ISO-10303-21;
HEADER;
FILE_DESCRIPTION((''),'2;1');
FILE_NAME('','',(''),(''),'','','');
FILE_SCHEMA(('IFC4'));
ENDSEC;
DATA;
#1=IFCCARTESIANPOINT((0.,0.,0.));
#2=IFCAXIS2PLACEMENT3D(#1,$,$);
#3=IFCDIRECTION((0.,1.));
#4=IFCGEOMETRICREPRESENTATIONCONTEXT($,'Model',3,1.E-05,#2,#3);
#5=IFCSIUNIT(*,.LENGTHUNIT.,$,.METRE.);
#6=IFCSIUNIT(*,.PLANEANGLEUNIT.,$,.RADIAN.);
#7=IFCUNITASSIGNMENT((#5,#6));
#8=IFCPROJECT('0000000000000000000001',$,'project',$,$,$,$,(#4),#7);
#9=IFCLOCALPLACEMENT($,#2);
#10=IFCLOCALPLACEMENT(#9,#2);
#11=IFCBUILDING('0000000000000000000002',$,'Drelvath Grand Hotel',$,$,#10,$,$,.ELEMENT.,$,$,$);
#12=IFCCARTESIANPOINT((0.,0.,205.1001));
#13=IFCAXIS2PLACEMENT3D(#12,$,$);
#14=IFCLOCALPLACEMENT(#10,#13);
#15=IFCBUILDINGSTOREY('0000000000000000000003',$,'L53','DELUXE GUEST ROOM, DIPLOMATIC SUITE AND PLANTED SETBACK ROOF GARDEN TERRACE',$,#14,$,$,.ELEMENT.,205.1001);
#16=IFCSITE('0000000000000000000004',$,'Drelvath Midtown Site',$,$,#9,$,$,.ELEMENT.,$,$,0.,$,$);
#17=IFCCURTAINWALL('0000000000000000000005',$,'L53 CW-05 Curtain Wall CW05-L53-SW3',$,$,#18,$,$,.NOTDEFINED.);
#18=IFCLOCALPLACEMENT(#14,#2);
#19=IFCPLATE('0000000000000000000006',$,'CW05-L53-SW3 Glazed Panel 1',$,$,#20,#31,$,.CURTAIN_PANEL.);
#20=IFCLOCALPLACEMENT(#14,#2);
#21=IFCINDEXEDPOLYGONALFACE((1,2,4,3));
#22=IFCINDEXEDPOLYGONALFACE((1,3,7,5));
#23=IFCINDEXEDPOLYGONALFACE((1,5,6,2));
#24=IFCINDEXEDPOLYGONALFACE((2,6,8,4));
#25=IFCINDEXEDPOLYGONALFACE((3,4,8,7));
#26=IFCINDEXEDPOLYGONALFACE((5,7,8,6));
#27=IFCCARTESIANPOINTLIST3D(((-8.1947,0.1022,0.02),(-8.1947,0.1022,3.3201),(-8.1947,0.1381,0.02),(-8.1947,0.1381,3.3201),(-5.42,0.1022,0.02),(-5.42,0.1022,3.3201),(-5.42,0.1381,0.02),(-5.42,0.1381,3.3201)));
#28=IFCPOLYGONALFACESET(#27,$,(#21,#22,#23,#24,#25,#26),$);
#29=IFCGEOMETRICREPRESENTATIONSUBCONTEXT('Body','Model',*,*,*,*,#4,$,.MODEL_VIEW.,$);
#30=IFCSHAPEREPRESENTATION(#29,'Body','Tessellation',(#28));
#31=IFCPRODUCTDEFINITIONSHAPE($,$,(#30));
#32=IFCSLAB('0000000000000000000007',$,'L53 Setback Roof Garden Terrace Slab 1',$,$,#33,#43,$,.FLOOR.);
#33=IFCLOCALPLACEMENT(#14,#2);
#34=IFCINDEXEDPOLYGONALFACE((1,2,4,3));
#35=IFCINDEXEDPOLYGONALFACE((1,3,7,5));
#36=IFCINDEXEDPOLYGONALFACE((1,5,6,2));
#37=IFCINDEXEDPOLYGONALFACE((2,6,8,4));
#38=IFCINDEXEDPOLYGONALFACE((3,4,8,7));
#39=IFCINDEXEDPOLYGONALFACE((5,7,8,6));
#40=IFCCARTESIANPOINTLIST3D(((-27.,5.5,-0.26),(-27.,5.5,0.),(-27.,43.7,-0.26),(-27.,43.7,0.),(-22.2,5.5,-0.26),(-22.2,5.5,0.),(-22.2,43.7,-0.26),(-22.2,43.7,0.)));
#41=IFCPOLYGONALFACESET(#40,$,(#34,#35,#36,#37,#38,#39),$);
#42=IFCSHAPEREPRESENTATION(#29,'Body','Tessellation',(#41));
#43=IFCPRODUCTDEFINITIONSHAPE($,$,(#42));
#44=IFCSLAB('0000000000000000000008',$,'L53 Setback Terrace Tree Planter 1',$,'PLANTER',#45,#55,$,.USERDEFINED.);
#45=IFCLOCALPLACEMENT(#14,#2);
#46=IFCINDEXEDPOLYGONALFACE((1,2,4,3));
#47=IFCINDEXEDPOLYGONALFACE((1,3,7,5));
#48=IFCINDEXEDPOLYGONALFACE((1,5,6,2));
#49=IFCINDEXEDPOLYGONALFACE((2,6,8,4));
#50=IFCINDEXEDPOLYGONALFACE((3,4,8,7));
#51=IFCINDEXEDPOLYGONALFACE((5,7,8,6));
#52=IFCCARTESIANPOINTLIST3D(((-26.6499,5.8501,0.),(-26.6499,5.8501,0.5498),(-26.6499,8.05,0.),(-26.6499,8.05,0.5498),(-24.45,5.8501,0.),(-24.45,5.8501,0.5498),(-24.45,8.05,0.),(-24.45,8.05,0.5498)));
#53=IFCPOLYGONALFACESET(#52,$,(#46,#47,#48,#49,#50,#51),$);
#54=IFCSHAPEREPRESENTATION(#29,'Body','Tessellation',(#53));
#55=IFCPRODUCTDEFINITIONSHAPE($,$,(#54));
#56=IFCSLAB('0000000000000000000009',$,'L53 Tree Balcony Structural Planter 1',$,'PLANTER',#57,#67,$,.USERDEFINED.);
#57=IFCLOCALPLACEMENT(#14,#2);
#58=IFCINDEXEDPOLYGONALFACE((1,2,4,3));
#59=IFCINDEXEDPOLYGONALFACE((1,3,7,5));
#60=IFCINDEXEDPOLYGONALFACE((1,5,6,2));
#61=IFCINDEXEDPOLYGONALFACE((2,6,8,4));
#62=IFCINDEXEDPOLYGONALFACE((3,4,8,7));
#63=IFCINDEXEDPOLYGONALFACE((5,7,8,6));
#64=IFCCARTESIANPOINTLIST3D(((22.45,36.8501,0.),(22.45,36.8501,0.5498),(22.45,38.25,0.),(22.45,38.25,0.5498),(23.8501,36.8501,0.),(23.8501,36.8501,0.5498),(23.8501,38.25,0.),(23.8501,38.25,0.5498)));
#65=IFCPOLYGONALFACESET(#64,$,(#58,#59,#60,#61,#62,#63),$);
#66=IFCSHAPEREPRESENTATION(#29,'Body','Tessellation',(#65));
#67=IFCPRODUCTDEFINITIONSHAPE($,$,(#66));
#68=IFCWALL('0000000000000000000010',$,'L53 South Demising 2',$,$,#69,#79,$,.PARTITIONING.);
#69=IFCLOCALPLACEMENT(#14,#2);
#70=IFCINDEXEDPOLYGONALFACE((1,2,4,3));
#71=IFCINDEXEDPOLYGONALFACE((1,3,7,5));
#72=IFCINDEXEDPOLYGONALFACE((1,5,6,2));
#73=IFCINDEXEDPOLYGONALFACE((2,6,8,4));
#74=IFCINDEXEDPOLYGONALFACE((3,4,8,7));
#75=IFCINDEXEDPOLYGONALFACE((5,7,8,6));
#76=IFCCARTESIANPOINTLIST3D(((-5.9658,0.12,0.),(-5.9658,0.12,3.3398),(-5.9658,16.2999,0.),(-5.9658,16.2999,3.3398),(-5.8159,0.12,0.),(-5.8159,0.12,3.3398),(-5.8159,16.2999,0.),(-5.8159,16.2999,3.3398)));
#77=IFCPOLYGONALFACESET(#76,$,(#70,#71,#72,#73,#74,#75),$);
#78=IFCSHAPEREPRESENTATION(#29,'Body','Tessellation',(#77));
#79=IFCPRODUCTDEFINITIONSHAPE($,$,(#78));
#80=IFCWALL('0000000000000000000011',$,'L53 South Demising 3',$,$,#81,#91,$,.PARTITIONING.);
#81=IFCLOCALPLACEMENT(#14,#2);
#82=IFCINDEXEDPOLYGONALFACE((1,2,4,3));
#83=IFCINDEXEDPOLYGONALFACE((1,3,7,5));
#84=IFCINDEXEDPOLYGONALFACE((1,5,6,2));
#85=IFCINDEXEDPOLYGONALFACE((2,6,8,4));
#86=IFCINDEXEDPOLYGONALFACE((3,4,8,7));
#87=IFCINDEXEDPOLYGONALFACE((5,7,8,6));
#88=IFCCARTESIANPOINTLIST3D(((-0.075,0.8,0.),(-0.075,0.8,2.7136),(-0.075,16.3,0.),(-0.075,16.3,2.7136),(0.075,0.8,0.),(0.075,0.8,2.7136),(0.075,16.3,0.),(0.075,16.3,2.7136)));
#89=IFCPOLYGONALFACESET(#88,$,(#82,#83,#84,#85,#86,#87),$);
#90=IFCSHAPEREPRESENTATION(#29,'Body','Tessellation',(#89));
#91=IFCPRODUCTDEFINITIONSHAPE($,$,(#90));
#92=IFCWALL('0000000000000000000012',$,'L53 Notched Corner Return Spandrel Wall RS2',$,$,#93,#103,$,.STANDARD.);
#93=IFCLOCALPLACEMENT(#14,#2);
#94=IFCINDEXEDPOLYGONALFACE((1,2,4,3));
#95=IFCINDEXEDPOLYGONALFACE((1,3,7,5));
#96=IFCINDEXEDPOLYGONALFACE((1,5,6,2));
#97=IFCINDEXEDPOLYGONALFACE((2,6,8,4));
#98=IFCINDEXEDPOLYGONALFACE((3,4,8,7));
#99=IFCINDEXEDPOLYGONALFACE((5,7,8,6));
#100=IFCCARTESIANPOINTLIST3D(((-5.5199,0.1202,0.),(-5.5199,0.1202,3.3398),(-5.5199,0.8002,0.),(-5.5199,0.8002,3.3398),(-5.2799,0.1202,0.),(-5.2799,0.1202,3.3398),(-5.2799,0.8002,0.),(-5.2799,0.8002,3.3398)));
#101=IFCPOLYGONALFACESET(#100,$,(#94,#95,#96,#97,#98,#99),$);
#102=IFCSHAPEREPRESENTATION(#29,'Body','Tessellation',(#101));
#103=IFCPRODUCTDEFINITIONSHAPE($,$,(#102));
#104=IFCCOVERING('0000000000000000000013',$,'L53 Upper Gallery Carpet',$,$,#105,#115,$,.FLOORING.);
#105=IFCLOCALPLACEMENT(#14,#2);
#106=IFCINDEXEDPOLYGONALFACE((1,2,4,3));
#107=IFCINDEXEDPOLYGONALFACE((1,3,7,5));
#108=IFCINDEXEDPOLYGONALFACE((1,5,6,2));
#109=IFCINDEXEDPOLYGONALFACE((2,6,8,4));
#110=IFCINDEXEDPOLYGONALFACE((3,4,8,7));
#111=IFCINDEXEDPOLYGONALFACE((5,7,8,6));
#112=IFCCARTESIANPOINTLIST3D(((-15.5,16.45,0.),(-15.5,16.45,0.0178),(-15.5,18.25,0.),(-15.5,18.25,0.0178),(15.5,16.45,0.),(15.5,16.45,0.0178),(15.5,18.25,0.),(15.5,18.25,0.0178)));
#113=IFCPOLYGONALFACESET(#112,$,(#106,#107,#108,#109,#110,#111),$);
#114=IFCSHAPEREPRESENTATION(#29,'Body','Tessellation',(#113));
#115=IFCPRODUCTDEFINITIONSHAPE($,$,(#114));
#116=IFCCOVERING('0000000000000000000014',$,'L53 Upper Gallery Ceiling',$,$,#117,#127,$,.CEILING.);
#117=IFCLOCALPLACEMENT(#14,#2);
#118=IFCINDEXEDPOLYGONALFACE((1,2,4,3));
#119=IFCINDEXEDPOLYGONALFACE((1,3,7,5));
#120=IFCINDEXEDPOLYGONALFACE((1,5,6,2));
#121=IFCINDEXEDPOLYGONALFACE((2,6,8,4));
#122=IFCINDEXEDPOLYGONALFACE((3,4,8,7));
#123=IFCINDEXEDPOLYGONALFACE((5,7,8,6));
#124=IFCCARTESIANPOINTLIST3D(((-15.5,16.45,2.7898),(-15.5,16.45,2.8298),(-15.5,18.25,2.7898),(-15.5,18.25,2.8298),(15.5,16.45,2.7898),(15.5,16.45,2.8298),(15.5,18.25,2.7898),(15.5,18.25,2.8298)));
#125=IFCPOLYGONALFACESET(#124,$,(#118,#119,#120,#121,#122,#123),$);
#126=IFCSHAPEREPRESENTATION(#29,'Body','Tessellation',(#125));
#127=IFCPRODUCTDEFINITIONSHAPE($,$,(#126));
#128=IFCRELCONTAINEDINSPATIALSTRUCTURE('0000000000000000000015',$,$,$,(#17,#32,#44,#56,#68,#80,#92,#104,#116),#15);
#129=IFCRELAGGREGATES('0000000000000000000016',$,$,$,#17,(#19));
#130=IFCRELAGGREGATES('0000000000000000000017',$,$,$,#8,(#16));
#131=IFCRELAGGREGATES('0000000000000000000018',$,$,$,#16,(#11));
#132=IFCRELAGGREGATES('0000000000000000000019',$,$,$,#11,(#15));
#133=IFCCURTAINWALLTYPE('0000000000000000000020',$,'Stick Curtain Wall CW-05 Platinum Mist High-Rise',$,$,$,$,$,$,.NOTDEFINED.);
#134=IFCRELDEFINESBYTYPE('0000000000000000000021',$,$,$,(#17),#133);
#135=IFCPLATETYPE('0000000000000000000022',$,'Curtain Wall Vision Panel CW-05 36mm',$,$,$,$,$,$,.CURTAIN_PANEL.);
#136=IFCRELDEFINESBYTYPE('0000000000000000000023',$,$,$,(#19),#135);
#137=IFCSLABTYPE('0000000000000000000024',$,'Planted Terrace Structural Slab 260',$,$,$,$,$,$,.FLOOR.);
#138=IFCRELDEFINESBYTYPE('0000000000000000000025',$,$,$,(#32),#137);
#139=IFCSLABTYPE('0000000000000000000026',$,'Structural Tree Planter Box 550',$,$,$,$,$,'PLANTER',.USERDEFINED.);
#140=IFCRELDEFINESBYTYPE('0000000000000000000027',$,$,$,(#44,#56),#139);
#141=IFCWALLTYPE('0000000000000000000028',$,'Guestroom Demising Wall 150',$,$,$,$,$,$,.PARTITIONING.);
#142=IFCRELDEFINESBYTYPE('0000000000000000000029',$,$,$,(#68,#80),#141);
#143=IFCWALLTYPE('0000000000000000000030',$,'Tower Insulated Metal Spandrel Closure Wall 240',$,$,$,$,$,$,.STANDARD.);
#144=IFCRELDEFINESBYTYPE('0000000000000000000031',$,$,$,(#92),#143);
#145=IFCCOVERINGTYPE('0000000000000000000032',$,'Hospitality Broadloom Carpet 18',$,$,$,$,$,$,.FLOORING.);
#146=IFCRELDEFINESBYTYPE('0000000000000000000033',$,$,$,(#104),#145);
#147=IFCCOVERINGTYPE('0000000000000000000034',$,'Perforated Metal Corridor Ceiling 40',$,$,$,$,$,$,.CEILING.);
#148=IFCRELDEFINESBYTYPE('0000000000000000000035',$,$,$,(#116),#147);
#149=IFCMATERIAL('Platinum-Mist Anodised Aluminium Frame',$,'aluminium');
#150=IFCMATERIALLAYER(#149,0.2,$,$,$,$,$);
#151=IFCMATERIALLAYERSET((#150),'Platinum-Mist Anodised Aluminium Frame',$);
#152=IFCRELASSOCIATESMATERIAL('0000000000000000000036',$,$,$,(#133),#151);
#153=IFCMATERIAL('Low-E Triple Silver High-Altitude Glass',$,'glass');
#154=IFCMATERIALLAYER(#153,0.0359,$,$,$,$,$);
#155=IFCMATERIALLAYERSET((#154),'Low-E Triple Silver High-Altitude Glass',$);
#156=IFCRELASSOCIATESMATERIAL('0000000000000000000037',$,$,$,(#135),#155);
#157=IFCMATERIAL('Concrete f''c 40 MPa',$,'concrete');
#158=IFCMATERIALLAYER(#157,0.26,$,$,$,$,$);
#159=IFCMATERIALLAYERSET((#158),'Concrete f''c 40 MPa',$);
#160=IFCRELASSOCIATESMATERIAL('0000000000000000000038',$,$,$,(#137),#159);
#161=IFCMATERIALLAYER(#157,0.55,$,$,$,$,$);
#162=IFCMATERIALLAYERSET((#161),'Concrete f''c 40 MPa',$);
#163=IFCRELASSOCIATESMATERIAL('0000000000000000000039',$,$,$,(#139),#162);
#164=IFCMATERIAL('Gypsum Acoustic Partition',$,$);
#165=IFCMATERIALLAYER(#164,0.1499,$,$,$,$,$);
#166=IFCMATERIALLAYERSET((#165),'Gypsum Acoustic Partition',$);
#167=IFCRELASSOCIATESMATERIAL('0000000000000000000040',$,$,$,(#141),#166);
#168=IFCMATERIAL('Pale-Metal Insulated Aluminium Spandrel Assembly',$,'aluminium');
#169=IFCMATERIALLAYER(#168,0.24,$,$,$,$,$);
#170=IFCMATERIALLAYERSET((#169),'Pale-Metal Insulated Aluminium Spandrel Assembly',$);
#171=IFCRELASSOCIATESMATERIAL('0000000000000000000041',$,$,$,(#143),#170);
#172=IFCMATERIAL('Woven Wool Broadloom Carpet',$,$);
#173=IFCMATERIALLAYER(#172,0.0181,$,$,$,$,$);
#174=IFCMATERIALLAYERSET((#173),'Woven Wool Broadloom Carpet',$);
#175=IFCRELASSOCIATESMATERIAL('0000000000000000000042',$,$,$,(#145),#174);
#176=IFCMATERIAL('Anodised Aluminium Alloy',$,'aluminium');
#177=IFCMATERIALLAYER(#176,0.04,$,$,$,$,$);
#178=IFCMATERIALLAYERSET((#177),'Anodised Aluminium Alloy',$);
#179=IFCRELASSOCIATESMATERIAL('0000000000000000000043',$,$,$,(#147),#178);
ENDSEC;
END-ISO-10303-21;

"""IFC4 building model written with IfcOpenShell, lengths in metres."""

from ifc_helpers import new_model, si_unit, direction, frame, frame_2d, origin, origin_2d, place, context, subcontext, project, spatial, polyline, rectangle, outline, extrude, material, layer, layer_set, type_object, element, aggregate, save


model = new_model("IFC4")

# Units and contexts
model_context = context("Model", 3, precision=1e-05, world=origin(), true_north=direction((0.0, 1.0)))
body_context = subcontext(model_context, "Body", "Model", "MODEL_VIEW")
ifc_project = project(units=[si_unit("LENGTHUNIT", "METRE"), si_unit("PLANEANGLEUNIT", "RADIAN")], contexts=[model_context])

# Site, building, storey
site_placement = place(None, origin())
site = spatial("IfcSite", under=ifc_project, at=site_placement, Name="Drelvath Midtown Site", CompositionType="ELEMENT", RefElevation=0.0)
building_placement = place(site_placement, origin())
building = spatial("IfcBuilding", under=site, at=building_placement, Name="Drelvath Grand Hotel", CompositionType="ELEMENT")
storey_placement = place(building_placement, frame((0.0, 0.0, 205.1001)))
storey = spatial("IfcBuildingStorey", under=building, at=storey_placement, Name="L53", Description="DELUXE GUEST ROOM, DIPLOMATIC SUITE AND PLANTED SETBACK ROOF GARDEN TERRACE", CompositionType="ELEMENT", Elevation=205.1001)

# Curtain wall
ifc_material_1 = material(Name="Platinum-Mist Anodised Aluminium Frame", Category="aluminium")
ifc_layer_1 = layer(ifc_material_1, 0.2)
ifc_layer_set_1 = layer_set([ifc_layer_1], Name="Platinum-Mist Anodised Aluminium Frame")
curtain_wall_type = type_object("IfcCurtainWallType", Name="Stick Curtain Wall CW-05 Platinum Mist High-Rise", PredefinedType="NOTDEFINED", material=ifc_layer_set_1)
curtain_wall_1_placement = place(storey_placement, origin())
curtain_wall_1 = element("IfcCurtainWall", 1, at=curtain_wall_1_placement, inside=storey, type_object=curtain_wall_type, Name="L53 CW-05 Curtain Wall CW05-L53-SW3", PredefinedType="NOTDEFINED")

# Shared definitions
ifc_material_2 = material(Name="Concrete f'c 40 MPa", Category="concrete")

# Plate
ifc_material_3 = material(Name="Low-E Triple Silver High-Altitude Glass", Category="glass")
ifc_layer_2 = layer(ifc_material_3, 0.0359)
ifc_layer_set_2 = layer_set([ifc_layer_2], Name="Low-E Triple Silver High-Altitude Glass")
plate_type = type_object("IfcPlateType", Name="Curtain Wall Vision Panel CW-05 36mm", PredefinedType="CURTAIN_PANEL", material=ifc_layer_set_2)
plate_1_placement = place(storey_placement, frame((-6.8074, 0.1201, 0.02), z_axis=(0.0, 0.0, 1.0), x_axis=(-1.0, 0.0, 0.0)))
plate_1 = element("IfcPlate", 2, at=plate_1_placement, type_object=plate_type, Name="CW05-L53-SW3 Glazed Panel 1", PredefinedType="CURTAIN_PANEL", context=body_context, shape_type="SweptSolid", body=[
    extrude(rectangle(XDim=2.7747, YDim=0.0359, at=origin_2d()), origin(), (0.0, 0.0, 1.0), 3.3),
])
aggregate(curtain_wall_1, [plate_1])

# Slabs
ifc_layer_3 = layer(ifc_material_2, 0.26)
ifc_layer_set_3 = layer_set([ifc_layer_3], Name="Concrete f'c 40 MPa")
slab_type_1 = type_object("IfcSlabType", Name="Planted Terrace Structural Slab 260", PredefinedType="FLOOR", material=ifc_layer_set_3)
slab_1_placement = place(storey_placement, frame((0.0, 0.0, -0.26)))
element("IfcSlab", 3, at=slab_1_placement, inside=storey, type_object=slab_type_1, Name="L53 Setback Roof Garden Terrace Slab 1", PredefinedType="FLOOR", context=body_context, shape_type="SweptSolid", body=[
    extrude(outline(polyline([(-27.0, 5.5), (-22.2, 5.5), (-22.2, 43.7), (-27.0, 43.7), (-27.0, 5.5)])), origin(), (0.0, 0.0, 1.0), 0.26),
])
ifc_layer_4 = layer(ifc_material_2, 0.55)
ifc_layer_set_4 = layer_set([ifc_layer_4], Name="Concrete f'c 40 MPa")
slab_type_2 = type_object("IfcSlabType", Name="Structural Tree Planter Box 550", ElementType="PLANTER", PredefinedType="USERDEFINED", material=ifc_layer_set_4)
slab_2_placement = place(storey_placement, origin())
element("IfcSlab", 4, at=slab_2_placement, inside=storey, type_object=slab_type_2, Name="L53 Setback Terrace Tree Planter 1", ObjectType="PLANTER", PredefinedType="USERDEFINED", context=body_context, shape_type="SweptSolid", body=[
    extrude(outline(polyline([(-26.6499, 5.8501), (-24.45, 5.8501), (-24.45, 8.05), (-26.6499, 8.05), (-26.6499, 5.8501)])), origin(), (0.0, 0.0, 1.0), 0.5498),
])
slab_3_placement = place(storey_placement, origin())
element("IfcSlab", 5, at=slab_3_placement, inside=storey, type_object=slab_type_2, Name="L53 Tree Balcony Structural Planter 1", ObjectType="PLANTER", PredefinedType="USERDEFINED", context=body_context, shape_type="SweptSolid", body=[
    extrude(outline(polyline([(22.45, 36.8501), (23.8501, 36.8501), (23.8501, 38.25), (22.45, 38.25), (22.45, 36.8501)])), origin(), (0.0, 0.0, 1.0), 0.5498),
])

# Walls
ifc_material_4 = material(Name="Gypsum Acoustic Partition")
ifc_layer_5 = layer(ifc_material_4, 0.1499)
ifc_layer_set_5 = layer_set([ifc_layer_5], Name="Gypsum Acoustic Partition")
wall_type_1 = type_object("IfcWallType", Name="Guestroom Demising Wall 150", PredefinedType="PARTITIONING", material=ifc_layer_set_5)
wall_1_placement = place(storey_placement, frame((-5.8909, 0.1201, 0.0), z_axis=(0.0, 0.0, 1.0), x_axis=(0.0, 1.0, 0.0)))
element("IfcWall", 6, at=wall_1_placement, inside=storey, type_object=wall_type_1, Name="L53 South Demising 2", PredefinedType="PARTITIONING", context=body_context, shape_type="SweptSolid", body=[
    extrude(rectangle(XDim=16.1799, YDim=0.1499, at=frame_2d((8.0898, 0.0))), origin(), (0.0, 0.0, 1.0), 3.3398),
])
wall_2_placement = place(storey_placement, frame((0.0, 0.8, 0.0), z_axis=(0.0, 0.0, 1.0), x_axis=(0.0, 1.0, 0.0)))
element("IfcWall", 7, at=wall_2_placement, inside=storey, type_object=wall_type_1, Name="L53 South Demising 3", PredefinedType="PARTITIONING", context=body_context, shape_type="SweptSolid", body=[
    extrude(rectangle(XDim=15.5, YDim=0.1499, at=frame_2d((7.75, 0.0))), origin(), (0.0, 0.0, 1.0), 2.7136),
])
ifc_material_5 = material(Name="Pale-Metal Insulated Aluminium Spandrel Assembly", Category="aluminium")
ifc_layer_6 = layer(ifc_material_5, 0.24)
ifc_layer_set_6 = layer_set([ifc_layer_6], Name="Pale-Metal Insulated Aluminium Spandrel Assembly")
wall_type_2 = type_object("IfcWallType", Name="Tower Insulated Metal Spandrel Closure Wall 240", PredefinedType="STANDARD", material=ifc_layer_set_6)
wall_3_placement = place(storey_placement, frame((-5.3999, 0.8, 0.0), z_axis=(0.0, 0.0, 1.0), x_axis=(0.0, -1.0, 0.0)))
element("IfcWall", 8, at=wall_3_placement, inside=storey, type_object=wall_type_2, Name="L53 Notched Corner Return Spandrel Wall RS2", PredefinedType="STANDARD", context=body_context, shape_type="SweptSolid", body=[
    extrude(rectangle(XDim=0.6799, YDim=0.24, at=frame_2d((0.3398, 0.0))), origin(), (0.0, 0.0, 1.0), 3.3398),
])

# Coverings
ifc_material_6 = material(Name="Woven Wool Broadloom Carpet")
ifc_layer_7 = layer(ifc_material_6, 0.0181)
ifc_layer_set_7 = layer_set([ifc_layer_7], Name="Woven Wool Broadloom Carpet")
covering_type_1 = type_object("IfcCoveringType", Name="Hospitality Broadloom Carpet 18", PredefinedType="FLOORING", material=ifc_layer_set_7)
covering_1_placement = place(storey_placement, origin())
element("IfcCovering", 9, at=covering_1_placement, inside=storey, type_object=covering_type_1, Name="L53 Upper Gallery Carpet", PredefinedType="FLOORING", context=body_context, shape_type="SweptSolid", body=[
    extrude(outline(polyline([(15.5, 16.45), (15.5, 18.25), (-15.5, 18.25), (-15.5, 16.45), (15.5, 16.45)])), origin(), (0.0, 0.0, 1.0), 0.0178),
])
ifc_material_7 = material(Name="Anodised Aluminium Alloy", Category="aluminium")
ifc_layer_8 = layer(ifc_material_7, 0.04)
ifc_layer_set_8 = layer_set([ifc_layer_8], Name="Anodised Aluminium Alloy")
covering_type_2 = type_object("IfcCoveringType", Name="Perforated Metal Corridor Ceiling 40", PredefinedType="CEILING", material=ifc_layer_set_8)
covering_2_placement = place(storey_placement, frame((0.0, 0.0, 2.7898)))
element("IfcCovering", 10, at=covering_2_placement, inside=storey, type_object=covering_type_2, Name="L53 Upper Gallery Ceiling", PredefinedType="CEILING", context=body_context, shape_type="SweptSolid", body=[
    extrude(outline(polyline([(15.5, 16.45), (15.5, 18.25), (-15.5, 18.25), (-15.5, 16.45), (15.5, 16.45)])), origin(), (0.0, 0.0, 1.0), 0.04),
])

save(model, "model.ifc")
